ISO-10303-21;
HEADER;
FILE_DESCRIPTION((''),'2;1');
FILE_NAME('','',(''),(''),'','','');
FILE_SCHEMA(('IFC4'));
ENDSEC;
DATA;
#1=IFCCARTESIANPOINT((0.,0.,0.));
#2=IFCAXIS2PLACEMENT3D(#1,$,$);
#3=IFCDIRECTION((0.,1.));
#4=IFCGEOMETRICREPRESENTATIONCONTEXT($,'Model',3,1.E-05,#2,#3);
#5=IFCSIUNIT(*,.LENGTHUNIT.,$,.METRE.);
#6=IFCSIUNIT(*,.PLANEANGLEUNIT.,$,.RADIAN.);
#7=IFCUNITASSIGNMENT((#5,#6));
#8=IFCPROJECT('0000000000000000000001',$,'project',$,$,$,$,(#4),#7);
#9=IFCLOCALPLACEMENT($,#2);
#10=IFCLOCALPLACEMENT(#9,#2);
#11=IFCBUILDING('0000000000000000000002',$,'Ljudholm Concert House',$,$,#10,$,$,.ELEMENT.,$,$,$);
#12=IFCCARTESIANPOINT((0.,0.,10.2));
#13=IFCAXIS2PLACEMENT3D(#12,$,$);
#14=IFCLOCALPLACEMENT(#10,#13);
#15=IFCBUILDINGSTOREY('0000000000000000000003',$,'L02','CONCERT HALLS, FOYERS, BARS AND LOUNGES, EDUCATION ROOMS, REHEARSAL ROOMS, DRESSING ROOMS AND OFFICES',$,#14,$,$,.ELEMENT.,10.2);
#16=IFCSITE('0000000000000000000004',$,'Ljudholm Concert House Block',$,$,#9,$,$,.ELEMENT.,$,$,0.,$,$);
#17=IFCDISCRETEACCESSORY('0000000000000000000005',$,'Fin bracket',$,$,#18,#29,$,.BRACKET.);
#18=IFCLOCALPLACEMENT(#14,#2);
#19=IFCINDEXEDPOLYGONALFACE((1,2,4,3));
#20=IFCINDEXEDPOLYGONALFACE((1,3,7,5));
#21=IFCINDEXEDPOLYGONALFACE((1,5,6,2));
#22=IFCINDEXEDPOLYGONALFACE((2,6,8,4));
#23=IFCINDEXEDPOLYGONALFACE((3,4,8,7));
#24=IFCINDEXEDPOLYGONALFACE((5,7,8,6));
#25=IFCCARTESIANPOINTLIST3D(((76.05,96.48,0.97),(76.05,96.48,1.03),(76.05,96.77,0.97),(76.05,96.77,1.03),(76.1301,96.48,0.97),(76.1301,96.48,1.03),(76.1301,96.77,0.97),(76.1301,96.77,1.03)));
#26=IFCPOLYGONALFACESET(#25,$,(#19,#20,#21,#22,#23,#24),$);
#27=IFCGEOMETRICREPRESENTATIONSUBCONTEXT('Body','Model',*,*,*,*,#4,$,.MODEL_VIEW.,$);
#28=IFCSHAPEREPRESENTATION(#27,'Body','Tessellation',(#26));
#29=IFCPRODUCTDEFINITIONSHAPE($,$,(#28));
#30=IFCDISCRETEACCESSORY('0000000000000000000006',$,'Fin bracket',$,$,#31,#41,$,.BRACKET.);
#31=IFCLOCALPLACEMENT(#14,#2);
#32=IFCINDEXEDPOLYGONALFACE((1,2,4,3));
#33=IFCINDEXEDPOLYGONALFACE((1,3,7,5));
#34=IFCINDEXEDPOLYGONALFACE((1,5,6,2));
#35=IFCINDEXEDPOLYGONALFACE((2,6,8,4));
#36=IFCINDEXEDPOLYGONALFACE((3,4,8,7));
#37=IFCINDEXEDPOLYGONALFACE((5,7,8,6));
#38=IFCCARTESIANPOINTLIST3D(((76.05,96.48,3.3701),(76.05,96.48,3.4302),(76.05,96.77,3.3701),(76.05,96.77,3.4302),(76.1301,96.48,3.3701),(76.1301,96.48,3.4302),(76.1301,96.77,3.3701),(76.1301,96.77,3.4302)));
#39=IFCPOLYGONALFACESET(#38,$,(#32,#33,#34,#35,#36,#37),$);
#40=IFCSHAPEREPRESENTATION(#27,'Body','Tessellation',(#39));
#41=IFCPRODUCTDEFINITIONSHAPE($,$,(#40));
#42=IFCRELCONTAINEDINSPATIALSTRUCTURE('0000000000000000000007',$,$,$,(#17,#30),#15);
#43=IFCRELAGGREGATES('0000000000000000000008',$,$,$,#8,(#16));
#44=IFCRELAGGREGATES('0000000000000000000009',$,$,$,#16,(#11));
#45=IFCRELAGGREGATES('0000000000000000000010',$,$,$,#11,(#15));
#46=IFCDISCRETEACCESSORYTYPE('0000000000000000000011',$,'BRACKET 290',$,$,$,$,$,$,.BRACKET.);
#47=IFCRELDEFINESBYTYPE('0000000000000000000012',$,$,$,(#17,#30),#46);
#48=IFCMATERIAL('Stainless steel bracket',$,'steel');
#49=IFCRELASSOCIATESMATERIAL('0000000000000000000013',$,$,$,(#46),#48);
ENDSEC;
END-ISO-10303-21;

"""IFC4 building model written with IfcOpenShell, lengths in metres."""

from ifc_helpers import new_model, si_unit, direction, frame, origin, origin_2d, place, context, subcontext, project, spatial, rectangle, extrude, material, type_object, element, save


model = new_model("IFC4")

# Units and contexts
model_context = context("Model", 3, precision=1e-05, world=origin(), true_north=direction((0.0, 1.0)))
body_context = subcontext(model_context, "Body", "Model", "MODEL_VIEW")
ifc_project = project(units=[si_unit("LENGTHUNIT", "METRE"), si_unit("PLANEANGLEUNIT", "RADIAN")], contexts=[model_context])

# Site, building, storey
site_placement = place(None, origin())
site = spatial("IfcSite", under=ifc_project, at=site_placement, Name="Ljudholm Concert House Block", CompositionType="ELEMENT", RefElevation=0.0)
building_placement = place(site_placement, origin())
building = spatial("IfcBuilding", under=site, at=building_placement, Name="Ljudholm Concert House", CompositionType="ELEMENT")
storey_placement = place(building_placement, frame((0.0, 0.0, 10.2)))
storey = spatial("IfcBuildingStorey", under=building, at=storey_placement, Name="L02", Description="CONCERT HALLS, FOYERS, BARS AND LOUNGES, EDUCATION ROOMS, REHEARSAL ROOMS, DRESSING ROOMS AND OFFICES", CompositionType="ELEMENT", Elevation=10.2)

# Discrete accessories
ifc_material_1 = material(Name="Stainless steel bracket", Category="steel")
discrete_accessory_type = type_object("IfcDiscreteAccessoryType", Name="BRACKET 290", PredefinedType="BRACKET", material=ifc_material_1)
for number, where, z_axis, x_axis, name in (
    (1, (76.0901, 96.625, 0.97), (0.0, 0.0, 1.0), (0.0, 1.0, 0.0), "Fin bracket"),
    (2, (76.0901, 96.625, 3.3701), (0.0, 0.0, 1.0), (0.0, 1.0, 0.0), "Fin bracket"),
):
    element("IfcDiscreteAccessory", number, at=place(storey_placement, frame(where, z_axis=z_axis, x_axis=x_axis)), inside=storey, type_object=discrete_accessory_type, Name=name, PredefinedType="BRACKET", context=body_context, shape_type="SweptSolid", body=[
        extrude(rectangle(XDim=0.29, YDim=0.0801, at=origin_2d()), origin(), (0.0, 0.0, 1.0), 0.0601),
    ])

save(model, "model.ifc")
